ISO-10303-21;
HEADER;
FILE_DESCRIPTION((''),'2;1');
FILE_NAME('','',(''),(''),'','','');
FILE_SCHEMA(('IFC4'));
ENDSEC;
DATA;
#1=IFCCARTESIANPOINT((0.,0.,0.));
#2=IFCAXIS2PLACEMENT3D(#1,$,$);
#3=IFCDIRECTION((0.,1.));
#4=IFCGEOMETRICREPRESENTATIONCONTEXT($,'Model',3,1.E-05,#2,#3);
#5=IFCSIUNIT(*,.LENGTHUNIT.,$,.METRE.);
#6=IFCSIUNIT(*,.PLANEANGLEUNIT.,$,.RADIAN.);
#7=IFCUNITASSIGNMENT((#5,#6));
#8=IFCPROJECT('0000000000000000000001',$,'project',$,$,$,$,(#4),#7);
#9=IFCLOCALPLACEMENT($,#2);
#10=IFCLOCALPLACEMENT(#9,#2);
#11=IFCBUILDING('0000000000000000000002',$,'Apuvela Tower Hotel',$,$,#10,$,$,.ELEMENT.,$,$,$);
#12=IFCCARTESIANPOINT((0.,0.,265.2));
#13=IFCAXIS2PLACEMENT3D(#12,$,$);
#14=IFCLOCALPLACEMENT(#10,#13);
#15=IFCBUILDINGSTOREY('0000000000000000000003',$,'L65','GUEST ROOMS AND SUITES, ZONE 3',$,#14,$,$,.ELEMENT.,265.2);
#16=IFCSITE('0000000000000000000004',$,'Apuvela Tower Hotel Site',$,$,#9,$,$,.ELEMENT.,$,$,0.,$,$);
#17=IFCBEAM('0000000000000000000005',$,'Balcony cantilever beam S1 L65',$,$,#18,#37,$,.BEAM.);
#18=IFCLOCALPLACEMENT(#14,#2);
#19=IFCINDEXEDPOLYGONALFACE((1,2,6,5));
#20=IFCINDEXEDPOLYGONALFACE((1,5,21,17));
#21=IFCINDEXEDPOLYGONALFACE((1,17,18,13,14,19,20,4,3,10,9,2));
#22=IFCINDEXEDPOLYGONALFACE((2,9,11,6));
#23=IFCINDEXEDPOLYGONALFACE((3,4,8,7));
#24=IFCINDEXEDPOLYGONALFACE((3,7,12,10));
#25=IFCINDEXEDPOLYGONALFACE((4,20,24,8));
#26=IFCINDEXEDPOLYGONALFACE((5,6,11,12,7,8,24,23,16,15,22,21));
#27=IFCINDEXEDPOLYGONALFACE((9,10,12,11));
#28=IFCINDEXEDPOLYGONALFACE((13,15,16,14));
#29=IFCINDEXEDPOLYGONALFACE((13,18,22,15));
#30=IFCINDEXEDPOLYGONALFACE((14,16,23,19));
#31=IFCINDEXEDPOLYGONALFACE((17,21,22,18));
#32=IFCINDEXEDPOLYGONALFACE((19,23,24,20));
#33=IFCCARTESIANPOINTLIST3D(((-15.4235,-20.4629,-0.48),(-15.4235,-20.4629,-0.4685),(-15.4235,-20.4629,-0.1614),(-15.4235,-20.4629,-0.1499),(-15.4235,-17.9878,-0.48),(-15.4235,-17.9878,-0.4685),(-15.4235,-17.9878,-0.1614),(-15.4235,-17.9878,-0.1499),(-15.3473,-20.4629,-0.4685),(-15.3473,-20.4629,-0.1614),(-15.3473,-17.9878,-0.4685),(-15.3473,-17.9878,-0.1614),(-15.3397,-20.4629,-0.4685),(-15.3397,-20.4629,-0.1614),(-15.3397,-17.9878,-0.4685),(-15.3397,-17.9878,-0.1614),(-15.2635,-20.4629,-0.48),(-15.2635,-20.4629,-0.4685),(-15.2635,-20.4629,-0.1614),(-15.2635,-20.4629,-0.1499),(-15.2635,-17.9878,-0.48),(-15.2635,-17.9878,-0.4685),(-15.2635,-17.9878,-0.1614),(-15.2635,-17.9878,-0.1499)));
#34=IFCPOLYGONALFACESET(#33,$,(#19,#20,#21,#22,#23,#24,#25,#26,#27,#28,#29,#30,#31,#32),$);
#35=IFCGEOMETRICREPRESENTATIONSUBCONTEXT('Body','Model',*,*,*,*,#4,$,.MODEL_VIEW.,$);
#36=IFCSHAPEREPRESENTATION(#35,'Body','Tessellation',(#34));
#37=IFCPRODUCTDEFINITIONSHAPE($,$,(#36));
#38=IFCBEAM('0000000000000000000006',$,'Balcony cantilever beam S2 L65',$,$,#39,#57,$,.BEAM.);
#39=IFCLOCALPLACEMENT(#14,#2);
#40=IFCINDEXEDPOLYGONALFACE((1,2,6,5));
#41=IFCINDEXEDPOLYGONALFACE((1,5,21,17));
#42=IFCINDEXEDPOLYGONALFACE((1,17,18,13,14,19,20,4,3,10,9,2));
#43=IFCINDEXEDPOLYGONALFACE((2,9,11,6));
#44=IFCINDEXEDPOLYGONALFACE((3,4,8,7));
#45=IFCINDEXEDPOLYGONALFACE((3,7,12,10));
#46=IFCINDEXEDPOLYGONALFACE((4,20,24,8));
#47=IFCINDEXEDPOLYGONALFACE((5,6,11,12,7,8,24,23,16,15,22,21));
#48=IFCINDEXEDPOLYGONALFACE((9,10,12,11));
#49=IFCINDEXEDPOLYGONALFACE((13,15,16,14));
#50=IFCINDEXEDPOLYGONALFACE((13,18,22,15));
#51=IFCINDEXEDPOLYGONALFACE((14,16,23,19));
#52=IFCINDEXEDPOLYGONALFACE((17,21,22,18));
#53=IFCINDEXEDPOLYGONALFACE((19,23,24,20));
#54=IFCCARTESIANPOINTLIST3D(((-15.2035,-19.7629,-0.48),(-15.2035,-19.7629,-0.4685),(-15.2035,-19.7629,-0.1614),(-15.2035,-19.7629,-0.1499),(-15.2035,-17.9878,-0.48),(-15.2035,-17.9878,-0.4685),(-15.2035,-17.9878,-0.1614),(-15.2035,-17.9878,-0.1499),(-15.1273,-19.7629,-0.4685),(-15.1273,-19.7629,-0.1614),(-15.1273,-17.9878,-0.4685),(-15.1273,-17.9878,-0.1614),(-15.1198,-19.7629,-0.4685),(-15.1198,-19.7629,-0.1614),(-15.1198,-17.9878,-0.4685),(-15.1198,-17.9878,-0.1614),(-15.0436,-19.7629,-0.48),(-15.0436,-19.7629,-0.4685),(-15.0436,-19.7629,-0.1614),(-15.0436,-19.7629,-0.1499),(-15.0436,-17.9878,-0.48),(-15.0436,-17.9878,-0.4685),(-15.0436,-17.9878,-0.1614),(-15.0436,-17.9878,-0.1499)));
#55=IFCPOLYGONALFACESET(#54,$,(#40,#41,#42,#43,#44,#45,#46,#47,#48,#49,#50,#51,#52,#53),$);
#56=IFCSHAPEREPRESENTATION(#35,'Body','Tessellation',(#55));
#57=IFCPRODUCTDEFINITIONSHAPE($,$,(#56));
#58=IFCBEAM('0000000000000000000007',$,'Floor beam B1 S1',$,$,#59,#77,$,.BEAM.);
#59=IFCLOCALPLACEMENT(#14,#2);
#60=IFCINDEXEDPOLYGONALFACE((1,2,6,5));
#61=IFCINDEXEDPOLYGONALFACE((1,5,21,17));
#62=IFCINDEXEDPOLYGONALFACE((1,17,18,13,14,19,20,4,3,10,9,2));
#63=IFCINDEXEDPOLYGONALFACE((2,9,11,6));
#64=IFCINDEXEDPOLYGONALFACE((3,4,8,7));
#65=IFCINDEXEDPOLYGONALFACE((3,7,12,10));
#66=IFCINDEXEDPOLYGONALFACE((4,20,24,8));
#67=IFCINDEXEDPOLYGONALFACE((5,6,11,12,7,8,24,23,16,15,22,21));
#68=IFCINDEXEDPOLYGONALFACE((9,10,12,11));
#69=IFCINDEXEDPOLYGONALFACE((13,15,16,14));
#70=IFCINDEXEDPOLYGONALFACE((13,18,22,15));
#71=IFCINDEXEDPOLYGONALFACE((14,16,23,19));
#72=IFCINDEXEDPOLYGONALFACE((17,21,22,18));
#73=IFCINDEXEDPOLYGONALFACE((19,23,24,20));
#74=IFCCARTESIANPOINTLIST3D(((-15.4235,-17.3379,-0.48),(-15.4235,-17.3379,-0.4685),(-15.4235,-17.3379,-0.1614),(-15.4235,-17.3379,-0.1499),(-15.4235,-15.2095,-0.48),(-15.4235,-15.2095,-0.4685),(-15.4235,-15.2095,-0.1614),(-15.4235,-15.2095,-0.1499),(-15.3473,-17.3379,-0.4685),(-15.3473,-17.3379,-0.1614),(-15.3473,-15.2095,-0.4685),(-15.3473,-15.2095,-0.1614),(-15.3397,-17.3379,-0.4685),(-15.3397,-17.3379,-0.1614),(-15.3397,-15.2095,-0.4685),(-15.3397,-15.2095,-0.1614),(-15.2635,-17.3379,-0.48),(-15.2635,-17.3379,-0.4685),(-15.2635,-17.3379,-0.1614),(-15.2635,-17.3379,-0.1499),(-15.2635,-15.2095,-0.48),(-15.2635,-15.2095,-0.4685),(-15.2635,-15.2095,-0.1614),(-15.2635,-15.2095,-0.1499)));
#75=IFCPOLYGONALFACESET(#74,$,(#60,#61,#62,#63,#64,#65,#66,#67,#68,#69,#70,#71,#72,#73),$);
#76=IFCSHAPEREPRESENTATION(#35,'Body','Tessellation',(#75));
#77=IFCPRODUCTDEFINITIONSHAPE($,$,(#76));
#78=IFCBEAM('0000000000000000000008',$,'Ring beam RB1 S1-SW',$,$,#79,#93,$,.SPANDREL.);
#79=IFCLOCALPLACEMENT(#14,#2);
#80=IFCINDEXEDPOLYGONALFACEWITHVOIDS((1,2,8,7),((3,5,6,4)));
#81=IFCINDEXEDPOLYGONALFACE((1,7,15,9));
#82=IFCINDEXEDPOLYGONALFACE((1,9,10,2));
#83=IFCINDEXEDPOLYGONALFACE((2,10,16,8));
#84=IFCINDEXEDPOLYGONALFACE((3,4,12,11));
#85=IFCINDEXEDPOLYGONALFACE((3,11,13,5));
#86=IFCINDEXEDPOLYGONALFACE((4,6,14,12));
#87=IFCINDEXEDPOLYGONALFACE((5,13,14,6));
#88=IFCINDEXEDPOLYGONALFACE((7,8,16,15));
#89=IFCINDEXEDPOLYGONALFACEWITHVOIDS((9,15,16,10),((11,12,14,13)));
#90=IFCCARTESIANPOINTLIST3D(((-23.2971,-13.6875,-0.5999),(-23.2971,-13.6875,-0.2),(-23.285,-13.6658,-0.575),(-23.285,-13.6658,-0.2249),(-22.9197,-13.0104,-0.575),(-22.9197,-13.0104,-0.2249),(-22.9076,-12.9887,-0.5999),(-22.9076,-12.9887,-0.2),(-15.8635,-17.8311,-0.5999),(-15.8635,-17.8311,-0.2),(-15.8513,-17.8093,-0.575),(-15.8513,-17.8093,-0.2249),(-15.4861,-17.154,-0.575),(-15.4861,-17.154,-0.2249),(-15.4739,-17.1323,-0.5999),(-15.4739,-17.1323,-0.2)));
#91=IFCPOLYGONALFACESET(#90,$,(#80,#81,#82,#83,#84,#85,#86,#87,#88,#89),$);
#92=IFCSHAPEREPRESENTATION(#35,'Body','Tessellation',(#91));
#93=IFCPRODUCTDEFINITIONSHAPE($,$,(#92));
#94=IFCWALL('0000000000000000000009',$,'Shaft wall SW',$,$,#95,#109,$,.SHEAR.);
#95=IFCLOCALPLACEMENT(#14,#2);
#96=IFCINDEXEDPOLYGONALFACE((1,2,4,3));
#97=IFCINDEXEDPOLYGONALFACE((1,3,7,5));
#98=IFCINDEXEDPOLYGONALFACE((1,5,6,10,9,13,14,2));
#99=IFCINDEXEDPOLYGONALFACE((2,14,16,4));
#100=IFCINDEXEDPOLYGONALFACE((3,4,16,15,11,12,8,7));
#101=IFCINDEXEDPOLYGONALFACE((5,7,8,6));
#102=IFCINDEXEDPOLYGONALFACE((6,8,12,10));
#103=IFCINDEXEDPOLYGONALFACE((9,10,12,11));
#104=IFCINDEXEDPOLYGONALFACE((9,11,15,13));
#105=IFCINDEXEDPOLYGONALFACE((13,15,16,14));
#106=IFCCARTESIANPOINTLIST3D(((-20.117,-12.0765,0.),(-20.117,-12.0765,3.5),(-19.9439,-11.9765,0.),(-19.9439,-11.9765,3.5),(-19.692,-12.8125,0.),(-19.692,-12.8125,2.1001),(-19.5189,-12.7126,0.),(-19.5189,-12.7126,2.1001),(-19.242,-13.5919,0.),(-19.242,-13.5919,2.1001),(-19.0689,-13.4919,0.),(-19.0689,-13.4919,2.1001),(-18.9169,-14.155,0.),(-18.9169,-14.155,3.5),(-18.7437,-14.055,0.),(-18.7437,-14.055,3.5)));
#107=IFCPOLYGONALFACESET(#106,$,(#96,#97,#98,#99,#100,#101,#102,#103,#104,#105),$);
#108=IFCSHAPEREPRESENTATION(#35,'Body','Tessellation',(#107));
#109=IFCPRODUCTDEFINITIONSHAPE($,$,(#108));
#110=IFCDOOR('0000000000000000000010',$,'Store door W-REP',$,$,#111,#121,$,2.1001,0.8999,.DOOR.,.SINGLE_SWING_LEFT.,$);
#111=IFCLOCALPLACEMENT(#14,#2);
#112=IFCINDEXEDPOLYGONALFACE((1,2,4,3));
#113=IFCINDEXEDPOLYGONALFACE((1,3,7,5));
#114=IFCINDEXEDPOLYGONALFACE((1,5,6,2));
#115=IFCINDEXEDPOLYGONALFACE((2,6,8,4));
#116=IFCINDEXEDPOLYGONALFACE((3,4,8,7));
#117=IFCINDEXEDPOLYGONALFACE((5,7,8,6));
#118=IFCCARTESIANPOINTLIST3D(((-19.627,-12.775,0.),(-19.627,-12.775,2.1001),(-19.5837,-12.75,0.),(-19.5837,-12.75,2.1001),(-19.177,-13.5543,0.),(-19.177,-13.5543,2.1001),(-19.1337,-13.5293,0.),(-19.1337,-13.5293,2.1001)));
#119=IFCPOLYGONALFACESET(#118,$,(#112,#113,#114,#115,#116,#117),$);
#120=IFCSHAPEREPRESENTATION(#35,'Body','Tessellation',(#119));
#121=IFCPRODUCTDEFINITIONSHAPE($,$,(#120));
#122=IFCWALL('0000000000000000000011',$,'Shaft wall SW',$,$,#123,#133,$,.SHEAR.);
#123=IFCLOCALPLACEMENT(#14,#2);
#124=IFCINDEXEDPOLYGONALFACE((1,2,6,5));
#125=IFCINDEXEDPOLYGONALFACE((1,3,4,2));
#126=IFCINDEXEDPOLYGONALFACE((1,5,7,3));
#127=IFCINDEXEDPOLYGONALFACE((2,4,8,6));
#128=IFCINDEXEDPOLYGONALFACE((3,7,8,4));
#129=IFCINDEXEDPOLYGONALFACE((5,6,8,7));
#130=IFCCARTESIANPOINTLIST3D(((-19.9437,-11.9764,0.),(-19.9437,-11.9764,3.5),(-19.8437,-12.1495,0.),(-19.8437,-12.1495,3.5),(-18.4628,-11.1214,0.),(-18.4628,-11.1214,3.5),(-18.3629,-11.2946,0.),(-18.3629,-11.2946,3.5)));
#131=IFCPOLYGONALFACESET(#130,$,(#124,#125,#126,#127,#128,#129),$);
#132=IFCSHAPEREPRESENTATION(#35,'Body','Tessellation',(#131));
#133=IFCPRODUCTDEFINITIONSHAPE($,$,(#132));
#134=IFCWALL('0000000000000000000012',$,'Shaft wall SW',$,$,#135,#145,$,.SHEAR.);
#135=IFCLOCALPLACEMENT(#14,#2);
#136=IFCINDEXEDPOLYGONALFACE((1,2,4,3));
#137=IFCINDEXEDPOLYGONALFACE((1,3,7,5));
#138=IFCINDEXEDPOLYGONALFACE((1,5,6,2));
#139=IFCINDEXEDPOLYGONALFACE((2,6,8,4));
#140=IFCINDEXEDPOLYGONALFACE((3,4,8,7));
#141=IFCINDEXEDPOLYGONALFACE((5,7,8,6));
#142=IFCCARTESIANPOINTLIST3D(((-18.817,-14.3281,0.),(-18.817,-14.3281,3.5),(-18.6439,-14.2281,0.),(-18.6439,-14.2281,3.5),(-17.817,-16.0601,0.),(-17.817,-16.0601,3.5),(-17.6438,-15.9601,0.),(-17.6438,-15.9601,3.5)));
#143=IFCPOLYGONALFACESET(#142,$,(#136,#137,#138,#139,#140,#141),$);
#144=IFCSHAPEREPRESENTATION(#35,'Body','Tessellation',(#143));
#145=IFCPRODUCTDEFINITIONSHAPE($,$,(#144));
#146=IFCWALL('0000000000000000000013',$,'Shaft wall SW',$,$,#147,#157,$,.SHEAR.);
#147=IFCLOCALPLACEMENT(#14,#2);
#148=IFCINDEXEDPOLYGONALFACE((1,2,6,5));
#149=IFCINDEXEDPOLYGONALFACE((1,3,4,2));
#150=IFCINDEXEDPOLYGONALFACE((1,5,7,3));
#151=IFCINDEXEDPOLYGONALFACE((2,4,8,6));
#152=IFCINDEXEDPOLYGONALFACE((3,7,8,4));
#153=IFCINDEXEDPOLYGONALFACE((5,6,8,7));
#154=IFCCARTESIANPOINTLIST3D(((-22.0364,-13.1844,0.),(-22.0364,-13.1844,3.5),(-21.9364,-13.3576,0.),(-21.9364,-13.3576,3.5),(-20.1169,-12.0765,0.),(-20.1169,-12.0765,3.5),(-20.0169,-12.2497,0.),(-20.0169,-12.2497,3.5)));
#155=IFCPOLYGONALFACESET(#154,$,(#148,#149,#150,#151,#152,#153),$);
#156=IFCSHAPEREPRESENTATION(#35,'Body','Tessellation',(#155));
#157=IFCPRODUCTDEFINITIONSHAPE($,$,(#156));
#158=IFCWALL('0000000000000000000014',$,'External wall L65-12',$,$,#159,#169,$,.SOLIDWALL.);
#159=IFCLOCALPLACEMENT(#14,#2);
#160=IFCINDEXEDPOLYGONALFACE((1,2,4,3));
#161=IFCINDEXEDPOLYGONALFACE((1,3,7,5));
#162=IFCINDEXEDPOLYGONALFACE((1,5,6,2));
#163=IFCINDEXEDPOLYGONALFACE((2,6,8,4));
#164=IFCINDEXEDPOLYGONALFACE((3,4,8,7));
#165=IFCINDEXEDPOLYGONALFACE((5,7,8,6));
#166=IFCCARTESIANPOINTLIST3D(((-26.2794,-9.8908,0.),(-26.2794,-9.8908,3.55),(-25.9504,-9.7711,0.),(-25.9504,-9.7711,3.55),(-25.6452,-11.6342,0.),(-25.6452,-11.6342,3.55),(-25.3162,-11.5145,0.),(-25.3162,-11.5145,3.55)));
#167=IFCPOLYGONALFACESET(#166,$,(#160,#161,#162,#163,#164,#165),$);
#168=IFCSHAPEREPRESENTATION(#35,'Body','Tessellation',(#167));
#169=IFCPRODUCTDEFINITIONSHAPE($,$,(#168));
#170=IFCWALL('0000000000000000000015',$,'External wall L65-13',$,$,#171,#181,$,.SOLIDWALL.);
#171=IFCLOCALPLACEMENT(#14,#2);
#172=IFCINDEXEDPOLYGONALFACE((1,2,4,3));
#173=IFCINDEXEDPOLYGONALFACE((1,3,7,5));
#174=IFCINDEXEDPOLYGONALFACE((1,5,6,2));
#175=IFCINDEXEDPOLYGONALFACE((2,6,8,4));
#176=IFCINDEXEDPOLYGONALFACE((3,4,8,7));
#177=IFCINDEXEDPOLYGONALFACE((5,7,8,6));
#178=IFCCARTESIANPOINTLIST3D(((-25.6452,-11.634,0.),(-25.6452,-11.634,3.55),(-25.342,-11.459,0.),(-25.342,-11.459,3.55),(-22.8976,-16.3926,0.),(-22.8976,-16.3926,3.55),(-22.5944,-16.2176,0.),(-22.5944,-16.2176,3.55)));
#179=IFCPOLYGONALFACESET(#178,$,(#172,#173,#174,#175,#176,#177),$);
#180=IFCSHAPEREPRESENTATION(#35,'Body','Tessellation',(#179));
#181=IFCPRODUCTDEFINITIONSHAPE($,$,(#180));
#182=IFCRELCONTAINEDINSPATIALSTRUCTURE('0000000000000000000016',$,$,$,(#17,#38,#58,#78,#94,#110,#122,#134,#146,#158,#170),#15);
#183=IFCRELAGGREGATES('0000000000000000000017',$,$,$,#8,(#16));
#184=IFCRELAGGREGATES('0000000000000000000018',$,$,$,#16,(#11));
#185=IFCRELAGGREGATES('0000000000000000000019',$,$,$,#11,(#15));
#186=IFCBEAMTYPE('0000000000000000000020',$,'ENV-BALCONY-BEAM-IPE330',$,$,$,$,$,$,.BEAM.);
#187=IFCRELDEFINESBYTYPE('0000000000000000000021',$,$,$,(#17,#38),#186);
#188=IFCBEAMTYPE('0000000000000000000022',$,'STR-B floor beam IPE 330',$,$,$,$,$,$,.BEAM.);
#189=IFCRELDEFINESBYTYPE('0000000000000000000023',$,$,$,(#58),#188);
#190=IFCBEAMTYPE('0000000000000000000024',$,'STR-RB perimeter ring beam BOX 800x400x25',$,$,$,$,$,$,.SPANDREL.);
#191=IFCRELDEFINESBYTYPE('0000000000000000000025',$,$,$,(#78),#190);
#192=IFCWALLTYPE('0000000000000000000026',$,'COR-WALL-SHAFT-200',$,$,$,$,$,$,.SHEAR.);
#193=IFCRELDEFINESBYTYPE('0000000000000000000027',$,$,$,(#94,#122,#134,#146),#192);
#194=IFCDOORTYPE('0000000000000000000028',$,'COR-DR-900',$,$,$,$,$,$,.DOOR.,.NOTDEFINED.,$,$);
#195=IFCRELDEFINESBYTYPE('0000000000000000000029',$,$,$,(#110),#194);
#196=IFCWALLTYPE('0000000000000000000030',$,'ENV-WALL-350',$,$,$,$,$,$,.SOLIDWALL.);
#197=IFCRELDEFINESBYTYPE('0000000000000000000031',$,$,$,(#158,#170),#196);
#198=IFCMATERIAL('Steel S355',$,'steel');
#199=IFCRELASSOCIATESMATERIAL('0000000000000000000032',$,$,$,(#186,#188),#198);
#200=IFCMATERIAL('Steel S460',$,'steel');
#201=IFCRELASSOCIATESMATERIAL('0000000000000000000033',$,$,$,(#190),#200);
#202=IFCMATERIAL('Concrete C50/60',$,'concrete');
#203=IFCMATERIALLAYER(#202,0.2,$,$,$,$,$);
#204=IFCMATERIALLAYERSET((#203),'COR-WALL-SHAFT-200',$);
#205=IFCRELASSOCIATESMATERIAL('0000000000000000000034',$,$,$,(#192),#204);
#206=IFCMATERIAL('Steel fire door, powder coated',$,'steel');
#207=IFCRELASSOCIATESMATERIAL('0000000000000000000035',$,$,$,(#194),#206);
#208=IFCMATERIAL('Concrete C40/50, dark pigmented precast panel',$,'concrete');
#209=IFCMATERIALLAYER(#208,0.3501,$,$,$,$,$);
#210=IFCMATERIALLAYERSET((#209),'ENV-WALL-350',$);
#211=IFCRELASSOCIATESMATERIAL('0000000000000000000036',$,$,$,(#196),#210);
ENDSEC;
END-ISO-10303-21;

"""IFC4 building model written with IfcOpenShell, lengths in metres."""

from ifc_helpers import new_model, si_unit, direction, frame, frame_2d, origin, origin_2d, place, context, subcontext, project, spatial, rectangle, hollow_rectangle, i_section, extrude, material, layer, layer_set, material_profile, profile_set, type_object, element, fill, save


model = new_model("IFC4")

# Units and contexts
model_context = context("Model", 3, precision=1e-05, world=origin(), true_north=direction((0.0, 1.0)))
body_context = subcontext(model_context, "Body", "Model", "MODEL_VIEW")
ifc_project = project(units=[si_unit("LENGTHUNIT", "METRE"), si_unit("PLANEANGLEUNIT", "RADIAN")], contexts=[model_context])

# Site, building, storey
site_placement = place(None, origin())
site = spatial("IfcSite", under=ifc_project, at=site_placement, Name="Apuvela Tower Hotel Site", CompositionType="ELEMENT", RefElevation=0.0)
building_placement = place(site_placement, origin())
building = spatial("IfcBuilding", under=site, at=building_placement, Name="Apuvela Tower Hotel", CompositionType="ELEMENT")
storey_placement = place(building_placement, frame((0.0, 0.0, 265.2)))
storey = spatial("IfcBuildingStorey", under=building, at=storey_placement, Name="L65", Description="GUEST ROOMS AND SUITES, ZONE 3", CompositionType="ELEMENT", Elevation=265.2)

# Shared definitions
ifc_material_1 = material(Name="Steel S460", Category="steel")

# Beams
ifc_material_2 = material(Name="Steel S355", Category="steel")
ifc_material_profile_1 = material_profile(ifc_material_2, i_section(OverallWidth=0.1599, OverallDepth=0.3301, WebThickness=0.0076, FlangeThickness=0.0115, at=origin_2d()), Name="IPE 330")
ifc_profile_set_1 = profile_set([ifc_material_profile_1], Name="Steel S355")
beam_type_1 = type_object("IfcBeamType", Name="ENV-BALCONY-BEAM-IPE330", PredefinedType="BEAM", material=ifc_profile_set_1)
beam_1_placement = place(storey_placement, frame((-15.3435, -17.9878, -0.3149), z_axis=(0.0, -1.0, 0.0), x_axis=(1.0, 0.0, 0.0)))
element("IfcBeam", 1, at=beam_1_placement, inside=storey, type_object=beam_type_1, Name="Balcony cantilever beam S1 L65", PredefinedType="BEAM", context=body_context, shape_type="SweptSolid", body=[
    extrude(i_section(OverallWidth=0.1599, OverallDepth=0.3301, WebThickness=0.0076, FlangeThickness=0.0115, at=origin_2d()), origin(), (0.0, 0.0, 1.0), 2.4751),
])
beam_2_placement = place(storey_placement, frame((-15.1235, -17.9878, -0.3149), z_axis=(0.0, -1.0, 0.0), x_axis=(1.0, 0.0, 0.0)))
element("IfcBeam", 2, at=beam_2_placement, inside=storey, type_object=beam_type_1, Name="Balcony cantilever beam S2 L65", PredefinedType="BEAM", context=body_context, shape_type="SweptSolid", body=[
    extrude(i_section(OverallWidth=0.1599, OverallDepth=0.3301, WebThickness=0.0076, FlangeThickness=0.0115, at=origin_2d()), origin(), (0.0, 0.0, 1.0), 1.7751),
])
ifc_material_profile_2 = material_profile(ifc_material_2, i_section(OverallWidth=0.1599, OverallDepth=0.3301, WebThickness=0.0076, FlangeThickness=0.0115, at=origin_2d()), Name="IPE 330")
ifc_profile_set_2 = profile_set([ifc_material_profile_2], Name="Steel S355")
beam_type_2 = type_object("IfcBeamType", Name="STR-B floor beam IPE 330", PredefinedType="BEAM", material=ifc_profile_set_2)
beam_3_placement = place(storey_placement, frame((-15.3435, -17.3379, -0.3149), z_axis=(0.0, 1.0, 0.0), x_axis=(-1.0, 0.0, 0.0)))
element("IfcBeam", 3, at=beam_3_placement, inside=storey, type_object=beam_type_2, Name="Floor beam B1 S1", PredefinedType="BEAM", context=body_context, shape_type="SweptSolid", body=[
    extrude(i_section(OverallWidth=0.1599, OverallDepth=0.3301, WebThickness=0.0076, FlangeThickness=0.0115, at=origin_2d()), origin(), (0.0, 0.0, 1.0), 2.1284),
])
ifc_material_profile_3 = material_profile(ifc_material_1, hollow_rectangle(XDim=0.8, YDim=0.3999, WallThickness=0.0249, at=origin_2d()), Name="BOX 800x400x25")
ifc_profile_set_3 = profile_set([ifc_material_profile_3], Name="Steel S460")
beam_type_3 = type_object("IfcBeamType", Name="STR-RB perimeter ring beam BOX 800x400x25", PredefinedType="SPANDREL", material=ifc_profile_set_3)
beam_4_placement = place(storey_placement, frame((-15.6687, -17.4817, -0.3999), z_axis=(-0.873469, 0.48688, 0.0), x_axis=(-0.48688, -0.873469, 0.0)))
element("IfcBeam", 4, at=beam_4_placement, inside=storey, type_object=beam_type_3, Name="Ring beam RB1 S1-SW", PredefinedType="SPANDREL", context=body_context, shape_type="SweptSolid", body=[
    extrude(hollow_rectangle(XDim=0.8, YDim=0.3999, WallThickness=0.0249, at=origin_2d()), origin(), (0.0, 0.0, 1.0), 8.5105),
])

# Wall, opening, door
ifc_material_3 = material(Name="Concrete C50/60", Category="concrete")
ifc_layer_1 = layer(ifc_material_3, 0.2)
ifc_layer_set_1 = layer_set([ifc_layer_1], Name="COR-WALL-SHAFT-200")
wall_type_1 = type_object("IfcWallType", Name="COR-WALL-SHAFT-200", PredefinedType="SHEAR", material=ifc_layer_set_1)
wall_1_placement = place(storey_placement, frame((-20.0305, -12.0264, 0.0), z_axis=(0.0, 0.0, 1.0), x_axis=(0.500034, -0.866006, 0.0)))
wall_1 = element("IfcWall", 5, at=wall_1_placement, inside=storey, type_object=wall_type_1, Name="Shaft wall SW", PredefinedType="SHEAR", context=body_context, shape_type="SweptSolid", body=[
    extrude(rectangle(XDim=2.4001, YDim=0.2, at=frame_2d((1.2002, 0.0))), origin(), (0.0, 0.0, 1.0), 3.5),
])
opening_1_placement = place(wall_1_placement, frame((0.8501, 0.0, 0.0)))
opening_1 = element("IfcOpeningElement", 6, at=opening_1_placement, cuts=wall_1, PredefinedType="OPENING", context=body_context, shape_type="SweptSolid", body=[
    extrude(rectangle(XDim=0.8999, YDim=2.1001, at=frame_2d((0.45, 1.05))), frame((0.0, 0.1099, 0.0), z_axis=(0.0, -1.0, 0.0), x_axis=(1.0, 0.0, 0.0)), (0.0, 0.0, 1.0), 0.22),
])
ifc_material_4 = material(Name="Steel fire door, powder coated", Category="steel")
door_type_1 = type_object("IfcDoorType", Name="COR-DR-900", OperationType="NOTDEFINED", PredefinedType="DOOR", material=ifc_material_4)
door_1_placement = place(opening_1_placement, frame((0.8999, 0.0, 0.0), z_axis=(0.0, 0.0, 1.0), x_axis=(-1.0, 0.0, 0.0)))
door_1 = element("IfcDoor", 7, at=door_1_placement, inside=storey, type_object=door_type_1, Name="Store door W-REP", OperationType="SINGLE_SWING_LEFT", OverallHeight=2.1001, OverallWidth=0.8999, PredefinedType="DOOR", context=body_context, shape_type="SweptSolid", body=[
    extrude(rectangle(XDim=0.8999, YDim=2.1001, at=frame_2d((0.45, 1.05))), frame((0.0, 0.0249, 0.0), z_axis=(0.0, -1.0, 0.0), x_axis=(1.0, 0.0, 0.0)), (0.0, 0.0, 1.0), 0.05),
])
fill(opening_1, door_1)

# Walls
wall_2_placement = place(storey_placement, frame((-18.4128, -11.208, 0.0), z_axis=(0.0, 0.0, 1.0), x_axis=(-0.866038, -0.499978, 0.0)))
element("IfcWall", 8, at=wall_2_placement, inside=storey, type_object=wall_type_1, Name="Shaft wall SW", PredefinedType="SHEAR", context=body_context, shape_type="SweptSolid", body=[
    extrude(rectangle(XDim=1.71, YDim=0.2, at=frame_2d((0.855, 0.0))), origin(), (0.0, 0.0, 1.0), 3.5),
])
wall_3_placement = place(storey_placement, frame((-18.7305, -14.2781, 0.0), z_axis=(0.0, 0.0, 1.0), x_axis=(0.500025, -0.866011, 0.0)))
element("IfcWall", 9, at=wall_3_placement, inside=storey, type_object=wall_type_1, Name="Shaft wall SW", PredefinedType="SHEAR", context=body_context, shape_type="SweptSolid", body=[
    extrude(rectangle(XDim=2.0, YDim=0.2, at=frame_2d((1.0, 0.0))), origin(), (0.0, 0.0, 1.0), 3.5),
])
wall_4_placement = place(storey_placement, frame((-20.0669, -12.1631, 0.0), z_axis=(0.0, 0.0, 1.0), x_axis=(-0.866079, -0.499907, 0.0)))
element("IfcWall", 10, at=wall_4_placement, inside=storey, type_object=wall_type_1, Name="Shaft wall SW", PredefinedType="SHEAR", context=body_context, shape_type="SweptSolid", body=[
    extrude(rectangle(XDim=2.2163, YDim=0.2, at=frame_2d((1.1082, 0.0))), origin(), (0.0, 0.0, 1.0), 3.5),
])
ifc_material_5 = material(Name="Concrete C40/50, dark pigmented precast panel", Category="concrete")
ifc_layer_2 = layer(ifc_material_5, 0.3501)
ifc_layer_set_2 = layer_set([ifc_layer_2], Name="ENV-WALL-350")
wall_type_2 = type_object("IfcWallType", Name="ENV-WALL-350", PredefinedType="SOLIDWALL", material=ifc_layer_set_2)
wall_5_placement = place(storey_placement, frame((-26.115, -9.8308, 0.0), z_axis=(0.0, 0.0, 1.0), x_axis=(0.341891, -0.93974, 0.0)))
element("IfcWall", 11, at=wall_5_placement, inside=storey, type_object=wall_type_2, Name="External wall L65-12", PredefinedType="SOLIDWALL", context=body_context, shape_type="SweptSolid", body=[
    extrude(rectangle(XDim=1.8552, YDim=0.3501, at=frame_2d((0.9277, 0.0))), origin(), (0.0, 0.0, 1.0), 3.55),
])
wall_6_placement = place(storey_placement, frame((-25.4937, -11.5464, 0.0), z_axis=(0.0, 0.0, 1.0), x_axis=(0.500029, -0.866009, 0.0)))
element("IfcWall", 12, at=wall_6_placement, inside=storey, type_object=wall_type_2, Name="External wall L65-13", PredefinedType="SOLIDWALL", context=body_context, shape_type="SweptSolid", body=[
    extrude(rectangle(XDim=5.4949, YDim=0.3501, at=frame_2d((2.7476, 0.0))), origin(), (0.0, 0.0, 1.0), 3.55),
])

save(model, "model.ifc")
